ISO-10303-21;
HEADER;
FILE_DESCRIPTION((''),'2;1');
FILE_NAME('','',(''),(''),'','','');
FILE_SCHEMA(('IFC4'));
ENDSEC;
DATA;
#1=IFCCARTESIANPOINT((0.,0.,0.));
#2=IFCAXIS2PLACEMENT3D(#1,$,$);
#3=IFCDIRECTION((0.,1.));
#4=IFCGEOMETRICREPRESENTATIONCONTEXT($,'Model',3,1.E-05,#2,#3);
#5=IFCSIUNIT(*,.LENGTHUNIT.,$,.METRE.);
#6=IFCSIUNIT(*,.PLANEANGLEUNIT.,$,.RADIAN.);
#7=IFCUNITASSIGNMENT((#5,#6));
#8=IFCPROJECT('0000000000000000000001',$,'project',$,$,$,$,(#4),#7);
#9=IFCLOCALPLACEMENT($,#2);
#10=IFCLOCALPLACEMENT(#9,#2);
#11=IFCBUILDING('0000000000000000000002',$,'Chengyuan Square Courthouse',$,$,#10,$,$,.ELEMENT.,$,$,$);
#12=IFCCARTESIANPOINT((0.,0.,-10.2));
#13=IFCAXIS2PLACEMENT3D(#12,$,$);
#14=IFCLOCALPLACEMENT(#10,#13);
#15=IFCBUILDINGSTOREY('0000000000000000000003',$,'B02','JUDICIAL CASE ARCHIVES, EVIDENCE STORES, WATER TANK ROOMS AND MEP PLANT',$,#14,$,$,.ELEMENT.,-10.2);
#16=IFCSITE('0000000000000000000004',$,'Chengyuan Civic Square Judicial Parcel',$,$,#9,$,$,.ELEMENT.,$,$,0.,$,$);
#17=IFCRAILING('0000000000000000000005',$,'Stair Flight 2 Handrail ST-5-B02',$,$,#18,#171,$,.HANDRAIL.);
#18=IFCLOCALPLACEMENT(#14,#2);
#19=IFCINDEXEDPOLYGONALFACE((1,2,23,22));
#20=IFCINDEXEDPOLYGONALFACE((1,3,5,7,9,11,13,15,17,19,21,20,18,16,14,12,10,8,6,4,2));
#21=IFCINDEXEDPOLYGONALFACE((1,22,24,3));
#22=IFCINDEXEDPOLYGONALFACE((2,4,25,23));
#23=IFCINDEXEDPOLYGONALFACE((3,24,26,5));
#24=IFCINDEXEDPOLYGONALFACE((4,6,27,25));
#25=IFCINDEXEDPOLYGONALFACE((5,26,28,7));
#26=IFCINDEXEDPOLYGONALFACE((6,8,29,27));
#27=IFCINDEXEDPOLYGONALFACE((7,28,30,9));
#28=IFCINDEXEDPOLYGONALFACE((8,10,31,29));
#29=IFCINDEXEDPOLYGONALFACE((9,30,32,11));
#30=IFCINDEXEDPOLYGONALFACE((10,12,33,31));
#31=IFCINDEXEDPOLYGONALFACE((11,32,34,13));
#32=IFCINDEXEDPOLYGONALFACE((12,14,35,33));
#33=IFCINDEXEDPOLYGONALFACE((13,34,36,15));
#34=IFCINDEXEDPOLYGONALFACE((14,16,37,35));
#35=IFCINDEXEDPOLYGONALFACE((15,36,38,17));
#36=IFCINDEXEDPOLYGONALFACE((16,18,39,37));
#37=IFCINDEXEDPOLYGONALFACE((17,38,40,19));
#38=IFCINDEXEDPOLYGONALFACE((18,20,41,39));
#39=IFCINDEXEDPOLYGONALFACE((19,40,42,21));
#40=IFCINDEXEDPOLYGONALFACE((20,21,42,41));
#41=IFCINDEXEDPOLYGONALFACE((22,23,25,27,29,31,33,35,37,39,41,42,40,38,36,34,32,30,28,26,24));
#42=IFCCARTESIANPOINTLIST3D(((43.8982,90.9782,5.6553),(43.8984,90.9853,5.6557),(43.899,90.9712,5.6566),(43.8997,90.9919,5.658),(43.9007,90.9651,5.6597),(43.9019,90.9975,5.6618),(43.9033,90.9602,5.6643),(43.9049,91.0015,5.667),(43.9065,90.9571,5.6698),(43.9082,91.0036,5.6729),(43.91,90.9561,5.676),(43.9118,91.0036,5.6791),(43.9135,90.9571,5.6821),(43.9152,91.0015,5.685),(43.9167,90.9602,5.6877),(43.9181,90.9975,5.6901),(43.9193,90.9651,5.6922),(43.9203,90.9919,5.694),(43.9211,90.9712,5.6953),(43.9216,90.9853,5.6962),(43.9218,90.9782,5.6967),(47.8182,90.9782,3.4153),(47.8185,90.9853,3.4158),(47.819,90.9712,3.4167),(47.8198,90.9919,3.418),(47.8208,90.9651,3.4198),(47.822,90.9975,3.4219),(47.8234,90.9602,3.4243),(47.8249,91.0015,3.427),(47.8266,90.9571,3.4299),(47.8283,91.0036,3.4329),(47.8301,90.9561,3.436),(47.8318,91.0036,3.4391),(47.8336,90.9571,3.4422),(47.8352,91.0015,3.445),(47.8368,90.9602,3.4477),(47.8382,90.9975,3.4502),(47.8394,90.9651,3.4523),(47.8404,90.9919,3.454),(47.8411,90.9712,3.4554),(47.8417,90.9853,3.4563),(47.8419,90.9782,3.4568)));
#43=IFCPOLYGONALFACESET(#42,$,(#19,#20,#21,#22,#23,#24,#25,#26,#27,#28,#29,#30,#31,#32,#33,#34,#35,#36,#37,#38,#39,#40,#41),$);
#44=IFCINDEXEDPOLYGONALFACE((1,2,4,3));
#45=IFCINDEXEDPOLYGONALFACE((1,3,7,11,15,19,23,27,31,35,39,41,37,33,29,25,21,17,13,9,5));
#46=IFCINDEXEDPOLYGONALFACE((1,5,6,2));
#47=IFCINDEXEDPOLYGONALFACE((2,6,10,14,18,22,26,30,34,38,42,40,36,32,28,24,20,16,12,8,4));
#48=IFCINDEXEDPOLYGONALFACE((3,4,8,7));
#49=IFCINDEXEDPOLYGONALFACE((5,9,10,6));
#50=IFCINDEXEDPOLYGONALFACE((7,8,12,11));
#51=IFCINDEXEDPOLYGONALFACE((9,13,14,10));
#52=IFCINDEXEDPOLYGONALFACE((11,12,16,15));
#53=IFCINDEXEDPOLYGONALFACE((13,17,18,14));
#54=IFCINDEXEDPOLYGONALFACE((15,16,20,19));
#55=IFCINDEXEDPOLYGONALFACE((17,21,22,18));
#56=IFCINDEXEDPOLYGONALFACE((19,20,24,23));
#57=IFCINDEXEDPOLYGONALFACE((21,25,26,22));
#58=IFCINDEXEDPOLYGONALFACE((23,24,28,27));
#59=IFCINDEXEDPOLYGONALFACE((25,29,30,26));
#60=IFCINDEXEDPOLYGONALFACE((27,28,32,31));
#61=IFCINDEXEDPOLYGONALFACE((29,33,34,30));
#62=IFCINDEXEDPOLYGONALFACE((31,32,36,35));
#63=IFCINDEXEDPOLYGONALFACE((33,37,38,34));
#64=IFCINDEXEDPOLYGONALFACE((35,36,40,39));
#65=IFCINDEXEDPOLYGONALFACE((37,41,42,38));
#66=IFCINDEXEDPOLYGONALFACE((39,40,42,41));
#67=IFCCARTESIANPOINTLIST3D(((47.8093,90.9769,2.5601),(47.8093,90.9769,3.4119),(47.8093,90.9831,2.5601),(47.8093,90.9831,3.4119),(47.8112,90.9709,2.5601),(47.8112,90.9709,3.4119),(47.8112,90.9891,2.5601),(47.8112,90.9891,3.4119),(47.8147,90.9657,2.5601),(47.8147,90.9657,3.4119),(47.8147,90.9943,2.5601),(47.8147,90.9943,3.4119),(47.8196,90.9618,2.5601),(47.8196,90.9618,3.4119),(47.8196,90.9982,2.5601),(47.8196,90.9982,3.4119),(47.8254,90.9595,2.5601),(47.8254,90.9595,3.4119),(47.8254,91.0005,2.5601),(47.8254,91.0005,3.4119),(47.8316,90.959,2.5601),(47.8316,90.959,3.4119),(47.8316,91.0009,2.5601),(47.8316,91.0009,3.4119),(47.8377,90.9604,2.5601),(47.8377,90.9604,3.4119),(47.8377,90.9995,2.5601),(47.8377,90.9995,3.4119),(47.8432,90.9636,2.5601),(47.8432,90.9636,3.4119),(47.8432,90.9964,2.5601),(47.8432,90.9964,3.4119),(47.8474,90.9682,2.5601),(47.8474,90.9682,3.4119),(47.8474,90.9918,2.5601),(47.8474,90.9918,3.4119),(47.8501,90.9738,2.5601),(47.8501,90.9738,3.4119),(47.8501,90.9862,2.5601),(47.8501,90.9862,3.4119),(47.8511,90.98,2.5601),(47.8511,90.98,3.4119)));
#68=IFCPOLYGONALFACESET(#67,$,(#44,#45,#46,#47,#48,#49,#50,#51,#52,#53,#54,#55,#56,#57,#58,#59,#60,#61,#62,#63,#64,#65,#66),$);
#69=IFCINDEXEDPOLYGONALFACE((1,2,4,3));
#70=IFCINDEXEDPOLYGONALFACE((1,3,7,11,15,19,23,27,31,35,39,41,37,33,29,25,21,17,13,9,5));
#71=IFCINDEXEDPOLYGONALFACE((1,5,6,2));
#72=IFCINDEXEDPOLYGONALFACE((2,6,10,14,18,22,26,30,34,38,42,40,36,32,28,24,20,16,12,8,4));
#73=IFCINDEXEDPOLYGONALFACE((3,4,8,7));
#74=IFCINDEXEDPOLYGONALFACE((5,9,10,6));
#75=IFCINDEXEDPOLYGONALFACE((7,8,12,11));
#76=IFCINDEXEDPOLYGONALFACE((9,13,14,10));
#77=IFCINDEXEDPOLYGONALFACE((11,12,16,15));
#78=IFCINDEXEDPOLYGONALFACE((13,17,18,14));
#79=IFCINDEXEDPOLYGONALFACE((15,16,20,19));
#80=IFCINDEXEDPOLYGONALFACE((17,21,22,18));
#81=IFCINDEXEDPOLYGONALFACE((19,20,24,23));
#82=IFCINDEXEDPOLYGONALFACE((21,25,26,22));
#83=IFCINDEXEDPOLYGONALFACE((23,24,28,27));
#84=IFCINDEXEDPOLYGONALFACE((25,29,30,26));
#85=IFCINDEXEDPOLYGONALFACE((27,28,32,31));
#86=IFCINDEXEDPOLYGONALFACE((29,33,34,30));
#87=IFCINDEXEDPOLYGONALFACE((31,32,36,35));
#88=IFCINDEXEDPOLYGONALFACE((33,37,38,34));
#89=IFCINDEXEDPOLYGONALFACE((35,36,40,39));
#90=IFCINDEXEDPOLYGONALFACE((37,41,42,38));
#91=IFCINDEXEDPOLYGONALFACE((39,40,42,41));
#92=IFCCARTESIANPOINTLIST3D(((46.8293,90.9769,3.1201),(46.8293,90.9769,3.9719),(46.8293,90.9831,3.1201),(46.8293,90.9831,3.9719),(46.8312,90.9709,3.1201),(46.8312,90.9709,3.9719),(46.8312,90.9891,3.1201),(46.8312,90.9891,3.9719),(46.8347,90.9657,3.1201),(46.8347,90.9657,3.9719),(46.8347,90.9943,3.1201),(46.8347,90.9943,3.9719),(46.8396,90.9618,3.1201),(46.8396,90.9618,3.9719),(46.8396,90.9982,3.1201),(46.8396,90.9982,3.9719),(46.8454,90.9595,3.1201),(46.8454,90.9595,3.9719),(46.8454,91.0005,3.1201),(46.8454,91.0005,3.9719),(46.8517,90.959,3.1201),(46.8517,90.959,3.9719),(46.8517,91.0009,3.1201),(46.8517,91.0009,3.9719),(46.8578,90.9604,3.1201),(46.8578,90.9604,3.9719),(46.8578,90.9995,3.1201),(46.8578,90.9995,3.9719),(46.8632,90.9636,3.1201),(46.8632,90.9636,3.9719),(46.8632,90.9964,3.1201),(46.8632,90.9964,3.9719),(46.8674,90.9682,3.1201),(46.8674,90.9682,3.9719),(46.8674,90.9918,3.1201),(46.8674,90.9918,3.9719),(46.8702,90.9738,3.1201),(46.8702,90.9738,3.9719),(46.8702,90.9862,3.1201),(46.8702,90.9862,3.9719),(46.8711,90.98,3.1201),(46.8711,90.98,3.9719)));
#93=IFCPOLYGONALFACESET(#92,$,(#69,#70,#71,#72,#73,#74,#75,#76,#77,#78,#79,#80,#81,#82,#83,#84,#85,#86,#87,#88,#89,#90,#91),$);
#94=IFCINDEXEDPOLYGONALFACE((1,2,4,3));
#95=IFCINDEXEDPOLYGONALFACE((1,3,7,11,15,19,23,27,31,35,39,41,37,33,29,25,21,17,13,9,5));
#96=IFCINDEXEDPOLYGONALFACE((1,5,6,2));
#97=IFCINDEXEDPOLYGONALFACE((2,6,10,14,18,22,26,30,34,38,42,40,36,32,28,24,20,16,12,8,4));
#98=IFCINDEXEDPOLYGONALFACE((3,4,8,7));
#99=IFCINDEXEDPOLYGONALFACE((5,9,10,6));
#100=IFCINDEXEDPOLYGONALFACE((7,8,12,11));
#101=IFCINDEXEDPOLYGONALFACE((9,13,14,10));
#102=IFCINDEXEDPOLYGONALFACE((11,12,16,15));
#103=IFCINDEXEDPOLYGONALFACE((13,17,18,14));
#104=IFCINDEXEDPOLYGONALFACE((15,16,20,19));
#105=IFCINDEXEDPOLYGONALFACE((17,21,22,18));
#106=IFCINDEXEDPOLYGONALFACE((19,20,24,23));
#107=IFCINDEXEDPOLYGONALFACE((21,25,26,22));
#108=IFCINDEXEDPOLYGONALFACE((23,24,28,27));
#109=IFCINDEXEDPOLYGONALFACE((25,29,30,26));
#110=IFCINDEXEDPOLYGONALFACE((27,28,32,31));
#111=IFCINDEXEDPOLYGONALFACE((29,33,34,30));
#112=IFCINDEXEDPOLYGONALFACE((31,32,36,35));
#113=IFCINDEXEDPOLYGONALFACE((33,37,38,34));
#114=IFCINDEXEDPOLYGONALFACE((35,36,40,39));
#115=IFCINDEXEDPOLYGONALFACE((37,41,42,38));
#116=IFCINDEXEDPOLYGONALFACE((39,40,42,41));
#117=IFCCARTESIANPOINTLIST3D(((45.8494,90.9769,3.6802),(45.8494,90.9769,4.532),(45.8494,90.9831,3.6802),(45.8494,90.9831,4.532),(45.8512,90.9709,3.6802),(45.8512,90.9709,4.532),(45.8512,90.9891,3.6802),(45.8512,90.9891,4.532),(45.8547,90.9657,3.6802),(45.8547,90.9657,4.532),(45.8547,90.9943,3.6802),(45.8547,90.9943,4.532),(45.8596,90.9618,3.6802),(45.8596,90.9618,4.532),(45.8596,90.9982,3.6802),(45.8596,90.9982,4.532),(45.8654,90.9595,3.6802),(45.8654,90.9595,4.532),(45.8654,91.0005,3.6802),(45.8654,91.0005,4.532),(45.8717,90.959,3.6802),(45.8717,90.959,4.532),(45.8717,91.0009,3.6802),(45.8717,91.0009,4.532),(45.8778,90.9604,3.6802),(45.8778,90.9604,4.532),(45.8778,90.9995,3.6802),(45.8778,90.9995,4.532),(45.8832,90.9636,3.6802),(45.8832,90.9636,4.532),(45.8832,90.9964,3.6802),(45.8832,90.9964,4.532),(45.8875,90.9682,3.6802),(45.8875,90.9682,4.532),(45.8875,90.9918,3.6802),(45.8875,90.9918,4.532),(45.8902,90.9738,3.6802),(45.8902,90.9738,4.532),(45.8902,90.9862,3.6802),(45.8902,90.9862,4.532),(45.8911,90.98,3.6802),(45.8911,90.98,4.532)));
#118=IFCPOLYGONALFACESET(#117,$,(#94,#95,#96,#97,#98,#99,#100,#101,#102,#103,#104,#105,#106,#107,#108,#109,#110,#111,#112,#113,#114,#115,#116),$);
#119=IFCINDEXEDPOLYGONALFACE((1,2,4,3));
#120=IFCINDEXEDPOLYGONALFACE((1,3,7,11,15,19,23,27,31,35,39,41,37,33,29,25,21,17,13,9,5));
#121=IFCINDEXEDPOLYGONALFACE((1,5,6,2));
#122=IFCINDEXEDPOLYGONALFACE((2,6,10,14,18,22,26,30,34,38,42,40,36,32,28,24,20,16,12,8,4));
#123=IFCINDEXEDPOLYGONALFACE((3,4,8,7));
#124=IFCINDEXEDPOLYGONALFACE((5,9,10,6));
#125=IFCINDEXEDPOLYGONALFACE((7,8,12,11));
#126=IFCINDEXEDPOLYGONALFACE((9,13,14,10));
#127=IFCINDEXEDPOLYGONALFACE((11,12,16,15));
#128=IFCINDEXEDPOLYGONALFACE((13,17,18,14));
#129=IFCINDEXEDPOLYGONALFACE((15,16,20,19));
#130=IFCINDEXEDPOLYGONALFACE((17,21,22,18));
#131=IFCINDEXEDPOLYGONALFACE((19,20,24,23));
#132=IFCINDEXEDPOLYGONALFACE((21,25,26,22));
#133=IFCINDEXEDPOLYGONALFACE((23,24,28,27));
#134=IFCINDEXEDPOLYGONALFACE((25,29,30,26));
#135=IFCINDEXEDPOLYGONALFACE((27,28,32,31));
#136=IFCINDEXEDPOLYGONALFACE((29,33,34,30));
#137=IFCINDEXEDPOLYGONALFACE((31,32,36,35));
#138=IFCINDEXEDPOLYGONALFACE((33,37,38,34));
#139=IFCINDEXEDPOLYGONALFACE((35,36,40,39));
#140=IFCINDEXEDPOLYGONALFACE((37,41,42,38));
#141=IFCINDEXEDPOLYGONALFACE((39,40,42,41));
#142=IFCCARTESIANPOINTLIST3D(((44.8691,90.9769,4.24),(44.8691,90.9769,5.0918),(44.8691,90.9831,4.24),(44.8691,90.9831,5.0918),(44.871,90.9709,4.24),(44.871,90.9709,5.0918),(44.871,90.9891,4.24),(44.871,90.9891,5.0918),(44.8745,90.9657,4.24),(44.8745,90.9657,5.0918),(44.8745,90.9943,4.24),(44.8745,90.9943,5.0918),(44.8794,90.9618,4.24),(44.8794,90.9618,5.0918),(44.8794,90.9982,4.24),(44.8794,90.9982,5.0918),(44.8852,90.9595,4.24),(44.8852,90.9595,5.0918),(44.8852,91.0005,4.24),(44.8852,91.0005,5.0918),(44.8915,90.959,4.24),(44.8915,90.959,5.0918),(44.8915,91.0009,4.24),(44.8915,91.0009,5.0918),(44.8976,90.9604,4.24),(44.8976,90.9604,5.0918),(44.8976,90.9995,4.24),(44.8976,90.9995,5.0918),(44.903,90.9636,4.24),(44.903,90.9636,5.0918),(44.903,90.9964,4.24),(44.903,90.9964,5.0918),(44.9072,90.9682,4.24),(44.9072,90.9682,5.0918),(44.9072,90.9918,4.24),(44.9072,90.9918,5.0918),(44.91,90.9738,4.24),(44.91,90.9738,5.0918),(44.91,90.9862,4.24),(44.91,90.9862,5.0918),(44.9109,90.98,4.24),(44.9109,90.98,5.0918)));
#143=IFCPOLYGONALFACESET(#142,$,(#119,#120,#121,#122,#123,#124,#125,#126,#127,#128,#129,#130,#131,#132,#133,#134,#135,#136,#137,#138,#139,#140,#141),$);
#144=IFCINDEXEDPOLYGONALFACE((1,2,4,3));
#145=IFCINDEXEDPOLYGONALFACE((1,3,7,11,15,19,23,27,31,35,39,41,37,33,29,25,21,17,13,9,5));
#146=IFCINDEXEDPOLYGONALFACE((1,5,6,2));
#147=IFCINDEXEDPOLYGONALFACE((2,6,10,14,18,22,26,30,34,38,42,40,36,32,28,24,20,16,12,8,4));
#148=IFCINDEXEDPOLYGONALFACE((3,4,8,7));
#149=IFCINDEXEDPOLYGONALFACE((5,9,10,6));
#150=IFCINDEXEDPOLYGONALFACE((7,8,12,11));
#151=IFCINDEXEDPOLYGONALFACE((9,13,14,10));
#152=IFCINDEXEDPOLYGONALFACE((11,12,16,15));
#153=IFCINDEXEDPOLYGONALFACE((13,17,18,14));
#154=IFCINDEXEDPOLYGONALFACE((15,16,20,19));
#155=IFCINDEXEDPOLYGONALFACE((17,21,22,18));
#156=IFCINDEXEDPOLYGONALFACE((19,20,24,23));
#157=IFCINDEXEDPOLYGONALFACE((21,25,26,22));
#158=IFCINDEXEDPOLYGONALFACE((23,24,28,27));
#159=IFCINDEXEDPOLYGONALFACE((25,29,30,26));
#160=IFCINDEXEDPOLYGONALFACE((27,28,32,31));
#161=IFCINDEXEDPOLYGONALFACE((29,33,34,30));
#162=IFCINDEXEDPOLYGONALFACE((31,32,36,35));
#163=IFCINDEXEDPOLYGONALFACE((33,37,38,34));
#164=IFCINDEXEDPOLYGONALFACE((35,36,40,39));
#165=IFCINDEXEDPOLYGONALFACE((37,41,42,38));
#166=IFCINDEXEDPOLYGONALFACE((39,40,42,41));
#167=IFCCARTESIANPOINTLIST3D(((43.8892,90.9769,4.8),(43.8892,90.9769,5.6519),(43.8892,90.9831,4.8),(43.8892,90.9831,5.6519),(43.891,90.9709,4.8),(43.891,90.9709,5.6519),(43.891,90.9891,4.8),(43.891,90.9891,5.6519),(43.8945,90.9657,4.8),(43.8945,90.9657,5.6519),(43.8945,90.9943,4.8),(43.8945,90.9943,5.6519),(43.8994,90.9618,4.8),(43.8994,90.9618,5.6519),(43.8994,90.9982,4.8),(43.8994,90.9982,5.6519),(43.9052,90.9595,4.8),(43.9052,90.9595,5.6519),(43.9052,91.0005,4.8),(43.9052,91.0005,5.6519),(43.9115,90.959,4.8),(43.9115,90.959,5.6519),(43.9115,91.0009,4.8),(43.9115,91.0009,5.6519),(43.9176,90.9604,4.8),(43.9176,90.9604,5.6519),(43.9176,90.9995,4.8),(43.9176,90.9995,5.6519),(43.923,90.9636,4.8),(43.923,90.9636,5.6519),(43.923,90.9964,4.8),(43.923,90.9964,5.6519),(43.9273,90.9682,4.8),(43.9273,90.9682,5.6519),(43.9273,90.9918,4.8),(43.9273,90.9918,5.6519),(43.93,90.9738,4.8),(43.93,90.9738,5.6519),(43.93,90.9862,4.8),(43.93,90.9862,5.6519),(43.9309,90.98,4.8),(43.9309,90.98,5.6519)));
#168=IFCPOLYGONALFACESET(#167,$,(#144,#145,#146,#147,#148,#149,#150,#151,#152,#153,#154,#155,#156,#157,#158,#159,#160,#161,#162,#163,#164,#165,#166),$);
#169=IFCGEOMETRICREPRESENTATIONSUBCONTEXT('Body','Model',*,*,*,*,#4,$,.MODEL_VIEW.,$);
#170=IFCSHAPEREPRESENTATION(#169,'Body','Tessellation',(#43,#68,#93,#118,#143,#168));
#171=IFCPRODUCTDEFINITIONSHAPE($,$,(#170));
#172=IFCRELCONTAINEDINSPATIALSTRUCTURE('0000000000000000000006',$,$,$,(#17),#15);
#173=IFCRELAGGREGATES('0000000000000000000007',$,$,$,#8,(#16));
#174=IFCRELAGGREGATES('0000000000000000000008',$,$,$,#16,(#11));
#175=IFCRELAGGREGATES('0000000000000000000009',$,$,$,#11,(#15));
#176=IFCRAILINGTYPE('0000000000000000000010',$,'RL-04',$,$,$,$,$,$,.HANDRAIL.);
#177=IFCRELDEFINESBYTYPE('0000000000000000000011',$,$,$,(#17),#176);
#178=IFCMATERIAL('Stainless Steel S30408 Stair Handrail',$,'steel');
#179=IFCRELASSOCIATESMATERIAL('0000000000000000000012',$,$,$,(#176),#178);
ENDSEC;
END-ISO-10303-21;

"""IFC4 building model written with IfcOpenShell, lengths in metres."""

from ifc_helpers import new_model, si_unit, direction, frame, origin, origin_2d, place, context, subcontext, project, spatial, circle, extrude, material, type_object, element, save


model = new_model("IFC4")

# Units and contexts
model_context = context("Model", 3, precision=1e-05, world=origin(), true_north=direction((0.0, 1.0)))
body_context = subcontext(model_context, "Body", "Model", "MODEL_VIEW")
ifc_project = project(units=[si_unit("LENGTHUNIT", "METRE"), si_unit("PLANEANGLEUNIT", "RADIAN")], contexts=[model_context])

# Site, building, storey
site_placement = place(None, origin())
site = spatial("IfcSite", under=ifc_project, at=site_placement, Name="Chengyuan Civic Square Judicial Parcel", CompositionType="ELEMENT", RefElevation=0.0)
building_placement = place(site_placement, origin())
building = spatial("IfcBuilding", under=site, at=building_placement, Name="Chengyuan Square Courthouse", CompositionType="ELEMENT")
storey_placement = place(building_placement, frame((0.0, 0.0, -10.2)))
storey = spatial("IfcBuildingStorey", under=building, at=storey_placement, Name="B02", Description="JUDICIAL CASE ARCHIVES, EVIDENCE STORES, WATER TANK ROOMS AND MEP PLANT", CompositionType="ELEMENT", Elevation=-10.2)

# Railing
ifc_material_1 = material(Name="Stainless Steel S30408 Stair Handrail", Category="steel")
railing_type_1 = type_object("IfcRailingType", Name="RL-04", PredefinedType="HANDRAIL", material=ifc_material_1)
railing_1_placement = place(storey_placement, frame((47.8301, 90.98, 2.5601)))
element("IfcRailing", 1, at=railing_1_placement, inside=storey, type_object=railing_type_1, Name="Stair Flight 2 Handrail ST-5-B02", PredefinedType="HANDRAIL", context=body_context, shape_type="SweptSolid", body=[
    extrude(circle(Radius=0.0239, at=origin_2d()), frame((0.0, 0.0, 0.876), z_axis=(-0.868253, 0.0, 0.496121), x_axis=(0.0, -1.0, 0.0)), (0.0, 0.0, 1.0), 4.5149),
    extrude(circle(Radius=0.021, at=origin_2d()), origin(), (0.0, 0.0, 1.0), 0.8518),
    extrude(circle(Radius=0.021, at=origin_2d()), frame((-0.98, 0.0, 0.5601)), (0.0, 0.0, 1.0), 0.8518),
    extrude(circle(Radius=0.021, at=origin_2d()), frame((-1.96, 0.0, 1.1201)), (0.0, 0.0, 1.0), 0.8518),
    extrude(circle(Radius=0.021, at=origin_2d()), frame((-2.9402, 0.0, 1.6799)), (0.0, 0.0, 1.0), 0.8518),
    extrude(circle(Radius=0.021, at=origin_2d()), frame((-3.9202, 0.0, 2.24)), (0.0, 0.0, 1.0), 0.8518),
])

save(model, "model.ifc")
